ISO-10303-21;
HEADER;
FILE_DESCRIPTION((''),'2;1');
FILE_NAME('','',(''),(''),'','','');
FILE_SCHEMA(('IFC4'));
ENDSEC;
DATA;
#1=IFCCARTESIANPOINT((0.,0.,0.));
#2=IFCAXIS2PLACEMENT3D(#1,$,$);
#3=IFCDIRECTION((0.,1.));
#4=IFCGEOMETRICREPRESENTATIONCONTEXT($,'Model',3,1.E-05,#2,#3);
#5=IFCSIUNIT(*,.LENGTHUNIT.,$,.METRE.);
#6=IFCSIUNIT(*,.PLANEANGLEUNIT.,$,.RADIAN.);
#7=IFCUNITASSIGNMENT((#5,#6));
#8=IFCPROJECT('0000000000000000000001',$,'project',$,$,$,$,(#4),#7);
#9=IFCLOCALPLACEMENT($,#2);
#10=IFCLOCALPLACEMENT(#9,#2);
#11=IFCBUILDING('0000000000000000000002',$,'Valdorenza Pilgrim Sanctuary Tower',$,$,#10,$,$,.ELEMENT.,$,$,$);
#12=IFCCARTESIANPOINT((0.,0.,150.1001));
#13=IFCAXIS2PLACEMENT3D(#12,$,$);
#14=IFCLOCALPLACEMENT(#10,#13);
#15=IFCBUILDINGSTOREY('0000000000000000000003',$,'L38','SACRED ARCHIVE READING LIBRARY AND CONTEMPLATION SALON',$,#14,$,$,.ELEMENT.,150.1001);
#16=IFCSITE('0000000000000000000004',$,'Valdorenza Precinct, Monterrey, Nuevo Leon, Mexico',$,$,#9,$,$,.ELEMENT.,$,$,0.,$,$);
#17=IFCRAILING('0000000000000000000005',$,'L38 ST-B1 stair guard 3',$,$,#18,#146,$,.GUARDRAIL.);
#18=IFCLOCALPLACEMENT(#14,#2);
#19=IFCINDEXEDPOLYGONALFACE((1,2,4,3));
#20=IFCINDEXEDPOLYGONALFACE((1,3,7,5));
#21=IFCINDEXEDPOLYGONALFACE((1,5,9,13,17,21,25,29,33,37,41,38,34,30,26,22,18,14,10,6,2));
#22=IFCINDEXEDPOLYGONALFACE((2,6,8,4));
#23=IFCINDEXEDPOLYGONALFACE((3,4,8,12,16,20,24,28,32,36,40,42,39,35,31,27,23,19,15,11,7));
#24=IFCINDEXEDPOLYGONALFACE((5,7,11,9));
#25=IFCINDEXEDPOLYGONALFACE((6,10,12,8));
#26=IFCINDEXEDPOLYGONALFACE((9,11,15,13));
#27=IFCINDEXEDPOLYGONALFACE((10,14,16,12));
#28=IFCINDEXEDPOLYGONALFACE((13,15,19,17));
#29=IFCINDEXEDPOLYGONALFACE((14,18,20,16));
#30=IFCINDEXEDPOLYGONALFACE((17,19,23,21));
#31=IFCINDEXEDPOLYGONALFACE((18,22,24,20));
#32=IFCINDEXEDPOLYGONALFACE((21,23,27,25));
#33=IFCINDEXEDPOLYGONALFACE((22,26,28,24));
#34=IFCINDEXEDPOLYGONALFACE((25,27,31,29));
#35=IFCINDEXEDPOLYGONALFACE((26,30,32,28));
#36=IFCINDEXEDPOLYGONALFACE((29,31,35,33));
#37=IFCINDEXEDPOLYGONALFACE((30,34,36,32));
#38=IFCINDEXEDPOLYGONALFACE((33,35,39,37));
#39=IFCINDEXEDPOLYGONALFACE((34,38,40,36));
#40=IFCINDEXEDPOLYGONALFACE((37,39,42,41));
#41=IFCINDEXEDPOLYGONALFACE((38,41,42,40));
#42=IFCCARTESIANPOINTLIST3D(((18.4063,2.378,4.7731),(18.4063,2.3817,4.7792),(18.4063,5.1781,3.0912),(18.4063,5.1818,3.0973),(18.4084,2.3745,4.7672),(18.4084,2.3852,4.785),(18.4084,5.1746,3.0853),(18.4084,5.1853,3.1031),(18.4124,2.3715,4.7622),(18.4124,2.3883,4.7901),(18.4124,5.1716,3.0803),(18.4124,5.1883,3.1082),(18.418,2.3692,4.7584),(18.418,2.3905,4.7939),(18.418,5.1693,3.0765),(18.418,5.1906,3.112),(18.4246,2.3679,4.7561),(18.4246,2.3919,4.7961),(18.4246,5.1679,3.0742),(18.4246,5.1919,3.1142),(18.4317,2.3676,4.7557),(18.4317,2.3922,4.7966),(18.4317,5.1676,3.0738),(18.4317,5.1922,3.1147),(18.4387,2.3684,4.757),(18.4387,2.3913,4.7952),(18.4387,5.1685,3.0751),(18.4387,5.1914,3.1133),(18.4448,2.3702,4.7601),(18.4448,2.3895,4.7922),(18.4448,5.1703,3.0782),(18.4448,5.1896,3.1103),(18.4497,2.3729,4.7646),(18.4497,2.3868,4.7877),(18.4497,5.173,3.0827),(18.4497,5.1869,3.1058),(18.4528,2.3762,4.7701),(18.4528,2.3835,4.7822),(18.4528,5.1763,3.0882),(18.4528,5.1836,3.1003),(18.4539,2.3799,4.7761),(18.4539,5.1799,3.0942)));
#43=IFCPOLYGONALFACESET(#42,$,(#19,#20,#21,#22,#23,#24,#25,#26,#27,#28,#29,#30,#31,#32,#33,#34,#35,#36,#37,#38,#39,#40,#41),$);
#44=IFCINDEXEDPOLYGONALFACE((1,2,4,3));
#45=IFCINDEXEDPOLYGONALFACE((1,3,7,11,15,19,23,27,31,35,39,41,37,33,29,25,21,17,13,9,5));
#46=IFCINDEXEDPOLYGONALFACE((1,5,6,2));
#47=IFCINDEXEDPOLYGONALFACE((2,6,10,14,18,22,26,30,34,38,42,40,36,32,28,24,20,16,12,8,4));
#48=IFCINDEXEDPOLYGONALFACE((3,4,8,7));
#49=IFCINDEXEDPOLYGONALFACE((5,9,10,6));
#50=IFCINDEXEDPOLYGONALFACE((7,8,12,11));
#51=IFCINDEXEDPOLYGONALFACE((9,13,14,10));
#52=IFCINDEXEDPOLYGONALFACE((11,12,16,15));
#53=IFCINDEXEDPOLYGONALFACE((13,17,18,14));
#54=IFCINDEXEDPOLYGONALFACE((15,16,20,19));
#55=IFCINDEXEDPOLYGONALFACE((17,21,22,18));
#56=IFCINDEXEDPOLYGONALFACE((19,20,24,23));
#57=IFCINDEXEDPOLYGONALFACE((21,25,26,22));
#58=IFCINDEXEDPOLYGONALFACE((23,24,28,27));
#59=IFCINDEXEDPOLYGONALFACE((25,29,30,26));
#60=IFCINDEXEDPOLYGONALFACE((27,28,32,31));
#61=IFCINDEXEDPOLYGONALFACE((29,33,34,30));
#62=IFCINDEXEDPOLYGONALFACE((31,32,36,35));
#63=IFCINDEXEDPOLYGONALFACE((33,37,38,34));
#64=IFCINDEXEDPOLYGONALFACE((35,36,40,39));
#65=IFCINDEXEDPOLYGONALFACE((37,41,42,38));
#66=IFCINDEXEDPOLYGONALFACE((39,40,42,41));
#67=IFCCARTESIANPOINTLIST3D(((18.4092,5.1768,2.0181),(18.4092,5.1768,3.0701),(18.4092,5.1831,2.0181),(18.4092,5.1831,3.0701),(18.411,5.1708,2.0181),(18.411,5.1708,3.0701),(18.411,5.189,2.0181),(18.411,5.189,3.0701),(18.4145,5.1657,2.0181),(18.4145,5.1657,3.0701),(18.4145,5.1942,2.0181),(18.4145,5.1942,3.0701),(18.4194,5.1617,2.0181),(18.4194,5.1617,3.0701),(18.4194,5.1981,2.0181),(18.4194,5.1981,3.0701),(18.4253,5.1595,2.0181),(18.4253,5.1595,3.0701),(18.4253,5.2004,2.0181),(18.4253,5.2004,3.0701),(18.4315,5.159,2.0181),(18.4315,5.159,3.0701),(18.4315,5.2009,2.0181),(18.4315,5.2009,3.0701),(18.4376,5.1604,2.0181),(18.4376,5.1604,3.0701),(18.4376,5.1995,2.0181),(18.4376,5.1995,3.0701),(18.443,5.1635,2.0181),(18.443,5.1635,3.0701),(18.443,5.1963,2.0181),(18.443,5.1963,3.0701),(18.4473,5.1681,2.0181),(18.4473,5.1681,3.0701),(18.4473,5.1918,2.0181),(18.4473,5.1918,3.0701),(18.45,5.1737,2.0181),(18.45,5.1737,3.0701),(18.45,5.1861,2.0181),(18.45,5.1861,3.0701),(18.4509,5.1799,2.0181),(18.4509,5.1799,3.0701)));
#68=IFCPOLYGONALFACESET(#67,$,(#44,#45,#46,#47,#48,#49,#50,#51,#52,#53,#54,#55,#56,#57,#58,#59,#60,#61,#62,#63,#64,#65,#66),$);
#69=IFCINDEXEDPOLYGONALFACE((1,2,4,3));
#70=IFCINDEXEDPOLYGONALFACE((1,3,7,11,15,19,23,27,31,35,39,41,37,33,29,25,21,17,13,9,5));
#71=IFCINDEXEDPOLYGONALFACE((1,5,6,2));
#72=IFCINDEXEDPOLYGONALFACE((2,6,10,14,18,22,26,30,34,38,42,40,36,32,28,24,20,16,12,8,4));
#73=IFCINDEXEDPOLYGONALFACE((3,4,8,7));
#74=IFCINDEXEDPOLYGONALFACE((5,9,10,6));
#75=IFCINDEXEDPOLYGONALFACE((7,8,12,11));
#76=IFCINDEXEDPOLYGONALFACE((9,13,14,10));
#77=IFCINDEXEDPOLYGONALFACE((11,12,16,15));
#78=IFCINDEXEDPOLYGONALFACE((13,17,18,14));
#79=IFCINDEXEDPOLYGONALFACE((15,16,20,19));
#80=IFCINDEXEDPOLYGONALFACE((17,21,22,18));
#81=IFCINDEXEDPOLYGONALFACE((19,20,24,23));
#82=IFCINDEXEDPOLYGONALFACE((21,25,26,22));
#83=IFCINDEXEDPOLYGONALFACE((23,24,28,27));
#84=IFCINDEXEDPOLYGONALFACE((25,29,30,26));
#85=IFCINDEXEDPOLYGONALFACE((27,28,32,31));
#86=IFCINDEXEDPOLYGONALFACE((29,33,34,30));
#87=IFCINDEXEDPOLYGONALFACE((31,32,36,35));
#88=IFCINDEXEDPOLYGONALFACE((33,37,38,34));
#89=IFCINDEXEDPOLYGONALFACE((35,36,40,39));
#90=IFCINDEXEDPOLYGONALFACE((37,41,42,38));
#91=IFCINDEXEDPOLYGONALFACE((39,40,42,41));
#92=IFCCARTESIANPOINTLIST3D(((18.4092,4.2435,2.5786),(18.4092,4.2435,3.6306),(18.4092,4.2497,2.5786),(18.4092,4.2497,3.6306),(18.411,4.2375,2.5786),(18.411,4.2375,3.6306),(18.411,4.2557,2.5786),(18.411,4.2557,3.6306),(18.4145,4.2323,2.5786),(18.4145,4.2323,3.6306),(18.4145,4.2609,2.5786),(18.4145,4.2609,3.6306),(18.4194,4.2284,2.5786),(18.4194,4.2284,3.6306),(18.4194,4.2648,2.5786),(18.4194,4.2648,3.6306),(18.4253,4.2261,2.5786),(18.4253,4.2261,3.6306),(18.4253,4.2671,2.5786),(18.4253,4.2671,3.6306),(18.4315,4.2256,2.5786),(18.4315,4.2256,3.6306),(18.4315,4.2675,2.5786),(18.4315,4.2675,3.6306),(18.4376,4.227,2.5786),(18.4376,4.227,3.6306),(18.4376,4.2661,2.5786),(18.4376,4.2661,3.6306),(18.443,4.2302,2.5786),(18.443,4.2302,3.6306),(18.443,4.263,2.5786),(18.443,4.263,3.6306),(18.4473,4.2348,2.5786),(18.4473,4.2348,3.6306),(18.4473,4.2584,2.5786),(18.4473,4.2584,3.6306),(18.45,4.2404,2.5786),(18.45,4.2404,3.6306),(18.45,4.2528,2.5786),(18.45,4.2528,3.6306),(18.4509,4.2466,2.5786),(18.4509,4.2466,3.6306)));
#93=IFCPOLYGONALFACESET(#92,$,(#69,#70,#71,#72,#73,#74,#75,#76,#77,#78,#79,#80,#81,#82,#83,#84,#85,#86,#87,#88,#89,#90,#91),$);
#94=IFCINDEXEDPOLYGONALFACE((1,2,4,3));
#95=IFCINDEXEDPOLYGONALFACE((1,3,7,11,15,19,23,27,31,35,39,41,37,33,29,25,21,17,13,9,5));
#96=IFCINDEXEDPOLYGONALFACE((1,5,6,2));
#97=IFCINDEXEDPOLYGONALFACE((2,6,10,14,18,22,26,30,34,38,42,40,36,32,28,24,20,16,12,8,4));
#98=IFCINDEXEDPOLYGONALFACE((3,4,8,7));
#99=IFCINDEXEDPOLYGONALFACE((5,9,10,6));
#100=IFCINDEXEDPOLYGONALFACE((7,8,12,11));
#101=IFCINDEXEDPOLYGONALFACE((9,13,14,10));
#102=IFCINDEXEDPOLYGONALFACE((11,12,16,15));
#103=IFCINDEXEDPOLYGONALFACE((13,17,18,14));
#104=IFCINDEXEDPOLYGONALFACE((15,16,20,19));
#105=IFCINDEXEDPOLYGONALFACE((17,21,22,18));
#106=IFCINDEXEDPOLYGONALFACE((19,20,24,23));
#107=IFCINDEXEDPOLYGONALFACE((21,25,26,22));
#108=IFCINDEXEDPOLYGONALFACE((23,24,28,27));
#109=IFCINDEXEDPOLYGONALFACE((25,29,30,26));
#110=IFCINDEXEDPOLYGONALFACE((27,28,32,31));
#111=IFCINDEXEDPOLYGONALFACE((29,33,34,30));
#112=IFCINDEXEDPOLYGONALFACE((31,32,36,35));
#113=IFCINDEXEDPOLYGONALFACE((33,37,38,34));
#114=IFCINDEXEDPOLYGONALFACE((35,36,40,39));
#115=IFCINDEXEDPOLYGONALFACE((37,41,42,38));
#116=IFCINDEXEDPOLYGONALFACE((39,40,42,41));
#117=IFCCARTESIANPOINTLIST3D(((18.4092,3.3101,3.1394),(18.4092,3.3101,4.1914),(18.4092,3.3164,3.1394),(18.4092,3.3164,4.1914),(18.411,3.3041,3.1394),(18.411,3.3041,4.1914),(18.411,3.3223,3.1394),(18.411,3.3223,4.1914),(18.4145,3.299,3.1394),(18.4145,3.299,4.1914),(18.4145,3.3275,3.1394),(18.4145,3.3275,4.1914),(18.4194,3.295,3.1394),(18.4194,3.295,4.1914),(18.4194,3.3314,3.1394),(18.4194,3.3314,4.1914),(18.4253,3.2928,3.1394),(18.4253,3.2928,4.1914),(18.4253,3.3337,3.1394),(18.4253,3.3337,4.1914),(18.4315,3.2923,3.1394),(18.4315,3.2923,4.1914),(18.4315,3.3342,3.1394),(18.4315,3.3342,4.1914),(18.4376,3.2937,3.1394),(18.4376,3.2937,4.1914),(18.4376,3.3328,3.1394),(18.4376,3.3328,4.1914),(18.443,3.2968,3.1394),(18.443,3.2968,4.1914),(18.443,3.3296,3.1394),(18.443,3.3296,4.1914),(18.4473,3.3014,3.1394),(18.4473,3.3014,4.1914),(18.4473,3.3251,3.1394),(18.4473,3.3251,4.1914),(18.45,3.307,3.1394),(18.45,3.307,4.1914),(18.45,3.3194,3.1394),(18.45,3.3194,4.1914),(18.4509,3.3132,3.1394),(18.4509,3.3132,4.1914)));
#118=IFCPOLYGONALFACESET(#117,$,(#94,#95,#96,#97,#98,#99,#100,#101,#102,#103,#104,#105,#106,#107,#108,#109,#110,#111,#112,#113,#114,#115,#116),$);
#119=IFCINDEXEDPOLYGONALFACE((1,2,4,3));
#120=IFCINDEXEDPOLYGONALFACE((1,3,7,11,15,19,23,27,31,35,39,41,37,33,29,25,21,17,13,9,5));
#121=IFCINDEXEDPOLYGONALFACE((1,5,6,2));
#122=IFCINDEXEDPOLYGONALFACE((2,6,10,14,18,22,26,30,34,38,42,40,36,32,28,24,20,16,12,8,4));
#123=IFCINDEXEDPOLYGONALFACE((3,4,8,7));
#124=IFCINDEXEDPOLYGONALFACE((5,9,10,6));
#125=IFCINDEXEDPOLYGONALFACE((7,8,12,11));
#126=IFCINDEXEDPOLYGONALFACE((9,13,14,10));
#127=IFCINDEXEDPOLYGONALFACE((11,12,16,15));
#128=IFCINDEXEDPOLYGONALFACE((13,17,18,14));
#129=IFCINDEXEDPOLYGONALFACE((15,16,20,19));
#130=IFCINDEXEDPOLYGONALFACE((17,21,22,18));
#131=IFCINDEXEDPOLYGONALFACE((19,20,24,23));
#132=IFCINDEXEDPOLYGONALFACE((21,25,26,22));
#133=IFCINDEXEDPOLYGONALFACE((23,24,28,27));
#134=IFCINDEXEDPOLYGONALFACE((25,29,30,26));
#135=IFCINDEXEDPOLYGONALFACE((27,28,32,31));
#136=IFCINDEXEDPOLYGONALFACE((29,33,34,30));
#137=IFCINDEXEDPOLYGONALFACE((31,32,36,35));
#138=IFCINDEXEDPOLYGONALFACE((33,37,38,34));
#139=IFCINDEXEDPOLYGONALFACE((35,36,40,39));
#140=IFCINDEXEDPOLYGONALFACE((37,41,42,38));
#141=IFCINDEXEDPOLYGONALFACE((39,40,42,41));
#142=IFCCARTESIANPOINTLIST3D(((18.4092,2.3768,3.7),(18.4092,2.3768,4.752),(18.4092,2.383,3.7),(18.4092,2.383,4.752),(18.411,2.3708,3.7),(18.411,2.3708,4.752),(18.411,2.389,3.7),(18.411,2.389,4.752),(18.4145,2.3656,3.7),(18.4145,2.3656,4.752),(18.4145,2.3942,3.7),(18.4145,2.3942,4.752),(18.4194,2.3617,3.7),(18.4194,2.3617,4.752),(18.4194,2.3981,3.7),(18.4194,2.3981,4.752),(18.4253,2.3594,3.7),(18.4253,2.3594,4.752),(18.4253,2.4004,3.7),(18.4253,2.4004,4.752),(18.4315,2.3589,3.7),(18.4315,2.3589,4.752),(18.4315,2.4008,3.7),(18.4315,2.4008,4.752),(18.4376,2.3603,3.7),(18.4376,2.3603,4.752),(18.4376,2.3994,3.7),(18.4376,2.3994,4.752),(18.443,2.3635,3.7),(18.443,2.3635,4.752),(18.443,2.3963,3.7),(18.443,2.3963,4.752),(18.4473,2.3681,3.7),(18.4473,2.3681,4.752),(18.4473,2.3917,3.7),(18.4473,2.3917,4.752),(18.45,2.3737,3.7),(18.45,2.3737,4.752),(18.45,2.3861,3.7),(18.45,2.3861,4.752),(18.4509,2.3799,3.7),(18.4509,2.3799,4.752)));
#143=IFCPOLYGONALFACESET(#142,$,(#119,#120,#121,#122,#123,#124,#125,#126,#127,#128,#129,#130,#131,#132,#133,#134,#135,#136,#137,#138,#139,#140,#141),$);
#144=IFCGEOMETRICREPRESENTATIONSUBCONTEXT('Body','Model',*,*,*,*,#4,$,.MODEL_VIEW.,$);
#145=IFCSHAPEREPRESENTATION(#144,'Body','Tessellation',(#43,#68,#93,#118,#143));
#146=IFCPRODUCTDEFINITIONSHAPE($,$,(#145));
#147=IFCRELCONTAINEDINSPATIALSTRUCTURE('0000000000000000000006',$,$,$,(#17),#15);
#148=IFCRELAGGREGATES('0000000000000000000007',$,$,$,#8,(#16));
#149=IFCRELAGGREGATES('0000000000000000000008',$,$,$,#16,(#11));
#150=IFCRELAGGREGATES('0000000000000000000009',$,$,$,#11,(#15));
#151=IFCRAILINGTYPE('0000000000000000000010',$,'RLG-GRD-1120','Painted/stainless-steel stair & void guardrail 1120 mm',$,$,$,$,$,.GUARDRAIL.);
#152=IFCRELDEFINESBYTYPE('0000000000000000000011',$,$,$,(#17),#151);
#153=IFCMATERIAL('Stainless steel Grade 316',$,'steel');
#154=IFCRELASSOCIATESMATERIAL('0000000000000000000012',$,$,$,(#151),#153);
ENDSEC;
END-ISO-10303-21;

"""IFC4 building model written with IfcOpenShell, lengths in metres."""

from ifc_helpers import new_model, si_unit, direction, frame, origin, origin_2d, place, context, subcontext, project, spatial, circle, extrude, material, type_object, element, save


model = new_model("IFC4")

# Units and contexts
model_context = context("Model", 3, precision=1e-05, world=origin(), true_north=direction((0.0, 1.0)))
body_context = subcontext(model_context, "Body", "Model", "MODEL_VIEW")
ifc_project = project(units=[si_unit("LENGTHUNIT", "METRE"), si_unit("PLANEANGLEUNIT", "RADIAN")], contexts=[model_context])

# Site, building, storey
site_placement = place(None, origin())
site = spatial("IfcSite", under=ifc_project, at=site_placement, Name="Valdorenza Precinct, Monterrey, Nuevo Leon, Mexico", CompositionType="ELEMENT", RefElevation=0.0)
building_placement = place(site_placement, origin())
building = spatial("IfcBuilding", under=site, at=building_placement, Name="Valdorenza Pilgrim Sanctuary Tower", CompositionType="ELEMENT")
storey_placement = place(building_placement, frame((0.0, 0.0, 150.1001)))
storey = spatial("IfcBuildingStorey", under=building, at=storey_placement, Name="L38", Description="SACRED ARCHIVE READING LIBRARY AND CONTEMPLATION SALON", CompositionType="ELEMENT", Elevation=150.1001)

# Railing
ifc_material_1 = material(Name="Stainless steel Grade 316", Category="steel")
railing_type_1 = type_object("IfcRailingType", Name="RLG-GRD-1120", Description="Painted/stainless-steel stair & void guardrail 1120 mm", PredefinedType="GUARDRAIL", material=ifc_material_1)
railing_1_placement = place(storey_placement, frame((18.4299, 5.1799, 2.0181)))
element("IfcRailing", 1, at=railing_1_placement, inside=storey, type_object=railing_type_1, Name="L38 ST-B1 stair guard 3", PredefinedType="GUARDRAIL", context=body_context, shape_type="SweptSolid", body=[
    extrude(circle(Radius=0.0239, at=origin_2d()), frame((0.0, 0.0, 1.0762), z_axis=(0.0, -0.857242, 0.514913), x_axis=(1.0, 0.0, 0.0)), (0.0, 0.0, 1.0), 3.2664),
    extrude(circle(Radius=0.021, at=origin_2d()), origin(), (0.0, 0.0, 1.0), 1.052),
    extrude(circle(Radius=0.021, at=origin_2d()), frame((0.0, -0.9333, 0.5605)), (0.0, 0.0, 1.0), 1.052),
    extrude(circle(Radius=0.021, at=origin_2d()), frame((0.0, -1.8667, 1.1213)), (0.0, 0.0, 1.0), 1.052),
    extrude(circle(Radius=0.021, at=origin_2d()), frame((0.0, -2.8, 1.6819)), (0.0, 0.0, 1.0), 1.052),
])

save(model, "model.ifc")
